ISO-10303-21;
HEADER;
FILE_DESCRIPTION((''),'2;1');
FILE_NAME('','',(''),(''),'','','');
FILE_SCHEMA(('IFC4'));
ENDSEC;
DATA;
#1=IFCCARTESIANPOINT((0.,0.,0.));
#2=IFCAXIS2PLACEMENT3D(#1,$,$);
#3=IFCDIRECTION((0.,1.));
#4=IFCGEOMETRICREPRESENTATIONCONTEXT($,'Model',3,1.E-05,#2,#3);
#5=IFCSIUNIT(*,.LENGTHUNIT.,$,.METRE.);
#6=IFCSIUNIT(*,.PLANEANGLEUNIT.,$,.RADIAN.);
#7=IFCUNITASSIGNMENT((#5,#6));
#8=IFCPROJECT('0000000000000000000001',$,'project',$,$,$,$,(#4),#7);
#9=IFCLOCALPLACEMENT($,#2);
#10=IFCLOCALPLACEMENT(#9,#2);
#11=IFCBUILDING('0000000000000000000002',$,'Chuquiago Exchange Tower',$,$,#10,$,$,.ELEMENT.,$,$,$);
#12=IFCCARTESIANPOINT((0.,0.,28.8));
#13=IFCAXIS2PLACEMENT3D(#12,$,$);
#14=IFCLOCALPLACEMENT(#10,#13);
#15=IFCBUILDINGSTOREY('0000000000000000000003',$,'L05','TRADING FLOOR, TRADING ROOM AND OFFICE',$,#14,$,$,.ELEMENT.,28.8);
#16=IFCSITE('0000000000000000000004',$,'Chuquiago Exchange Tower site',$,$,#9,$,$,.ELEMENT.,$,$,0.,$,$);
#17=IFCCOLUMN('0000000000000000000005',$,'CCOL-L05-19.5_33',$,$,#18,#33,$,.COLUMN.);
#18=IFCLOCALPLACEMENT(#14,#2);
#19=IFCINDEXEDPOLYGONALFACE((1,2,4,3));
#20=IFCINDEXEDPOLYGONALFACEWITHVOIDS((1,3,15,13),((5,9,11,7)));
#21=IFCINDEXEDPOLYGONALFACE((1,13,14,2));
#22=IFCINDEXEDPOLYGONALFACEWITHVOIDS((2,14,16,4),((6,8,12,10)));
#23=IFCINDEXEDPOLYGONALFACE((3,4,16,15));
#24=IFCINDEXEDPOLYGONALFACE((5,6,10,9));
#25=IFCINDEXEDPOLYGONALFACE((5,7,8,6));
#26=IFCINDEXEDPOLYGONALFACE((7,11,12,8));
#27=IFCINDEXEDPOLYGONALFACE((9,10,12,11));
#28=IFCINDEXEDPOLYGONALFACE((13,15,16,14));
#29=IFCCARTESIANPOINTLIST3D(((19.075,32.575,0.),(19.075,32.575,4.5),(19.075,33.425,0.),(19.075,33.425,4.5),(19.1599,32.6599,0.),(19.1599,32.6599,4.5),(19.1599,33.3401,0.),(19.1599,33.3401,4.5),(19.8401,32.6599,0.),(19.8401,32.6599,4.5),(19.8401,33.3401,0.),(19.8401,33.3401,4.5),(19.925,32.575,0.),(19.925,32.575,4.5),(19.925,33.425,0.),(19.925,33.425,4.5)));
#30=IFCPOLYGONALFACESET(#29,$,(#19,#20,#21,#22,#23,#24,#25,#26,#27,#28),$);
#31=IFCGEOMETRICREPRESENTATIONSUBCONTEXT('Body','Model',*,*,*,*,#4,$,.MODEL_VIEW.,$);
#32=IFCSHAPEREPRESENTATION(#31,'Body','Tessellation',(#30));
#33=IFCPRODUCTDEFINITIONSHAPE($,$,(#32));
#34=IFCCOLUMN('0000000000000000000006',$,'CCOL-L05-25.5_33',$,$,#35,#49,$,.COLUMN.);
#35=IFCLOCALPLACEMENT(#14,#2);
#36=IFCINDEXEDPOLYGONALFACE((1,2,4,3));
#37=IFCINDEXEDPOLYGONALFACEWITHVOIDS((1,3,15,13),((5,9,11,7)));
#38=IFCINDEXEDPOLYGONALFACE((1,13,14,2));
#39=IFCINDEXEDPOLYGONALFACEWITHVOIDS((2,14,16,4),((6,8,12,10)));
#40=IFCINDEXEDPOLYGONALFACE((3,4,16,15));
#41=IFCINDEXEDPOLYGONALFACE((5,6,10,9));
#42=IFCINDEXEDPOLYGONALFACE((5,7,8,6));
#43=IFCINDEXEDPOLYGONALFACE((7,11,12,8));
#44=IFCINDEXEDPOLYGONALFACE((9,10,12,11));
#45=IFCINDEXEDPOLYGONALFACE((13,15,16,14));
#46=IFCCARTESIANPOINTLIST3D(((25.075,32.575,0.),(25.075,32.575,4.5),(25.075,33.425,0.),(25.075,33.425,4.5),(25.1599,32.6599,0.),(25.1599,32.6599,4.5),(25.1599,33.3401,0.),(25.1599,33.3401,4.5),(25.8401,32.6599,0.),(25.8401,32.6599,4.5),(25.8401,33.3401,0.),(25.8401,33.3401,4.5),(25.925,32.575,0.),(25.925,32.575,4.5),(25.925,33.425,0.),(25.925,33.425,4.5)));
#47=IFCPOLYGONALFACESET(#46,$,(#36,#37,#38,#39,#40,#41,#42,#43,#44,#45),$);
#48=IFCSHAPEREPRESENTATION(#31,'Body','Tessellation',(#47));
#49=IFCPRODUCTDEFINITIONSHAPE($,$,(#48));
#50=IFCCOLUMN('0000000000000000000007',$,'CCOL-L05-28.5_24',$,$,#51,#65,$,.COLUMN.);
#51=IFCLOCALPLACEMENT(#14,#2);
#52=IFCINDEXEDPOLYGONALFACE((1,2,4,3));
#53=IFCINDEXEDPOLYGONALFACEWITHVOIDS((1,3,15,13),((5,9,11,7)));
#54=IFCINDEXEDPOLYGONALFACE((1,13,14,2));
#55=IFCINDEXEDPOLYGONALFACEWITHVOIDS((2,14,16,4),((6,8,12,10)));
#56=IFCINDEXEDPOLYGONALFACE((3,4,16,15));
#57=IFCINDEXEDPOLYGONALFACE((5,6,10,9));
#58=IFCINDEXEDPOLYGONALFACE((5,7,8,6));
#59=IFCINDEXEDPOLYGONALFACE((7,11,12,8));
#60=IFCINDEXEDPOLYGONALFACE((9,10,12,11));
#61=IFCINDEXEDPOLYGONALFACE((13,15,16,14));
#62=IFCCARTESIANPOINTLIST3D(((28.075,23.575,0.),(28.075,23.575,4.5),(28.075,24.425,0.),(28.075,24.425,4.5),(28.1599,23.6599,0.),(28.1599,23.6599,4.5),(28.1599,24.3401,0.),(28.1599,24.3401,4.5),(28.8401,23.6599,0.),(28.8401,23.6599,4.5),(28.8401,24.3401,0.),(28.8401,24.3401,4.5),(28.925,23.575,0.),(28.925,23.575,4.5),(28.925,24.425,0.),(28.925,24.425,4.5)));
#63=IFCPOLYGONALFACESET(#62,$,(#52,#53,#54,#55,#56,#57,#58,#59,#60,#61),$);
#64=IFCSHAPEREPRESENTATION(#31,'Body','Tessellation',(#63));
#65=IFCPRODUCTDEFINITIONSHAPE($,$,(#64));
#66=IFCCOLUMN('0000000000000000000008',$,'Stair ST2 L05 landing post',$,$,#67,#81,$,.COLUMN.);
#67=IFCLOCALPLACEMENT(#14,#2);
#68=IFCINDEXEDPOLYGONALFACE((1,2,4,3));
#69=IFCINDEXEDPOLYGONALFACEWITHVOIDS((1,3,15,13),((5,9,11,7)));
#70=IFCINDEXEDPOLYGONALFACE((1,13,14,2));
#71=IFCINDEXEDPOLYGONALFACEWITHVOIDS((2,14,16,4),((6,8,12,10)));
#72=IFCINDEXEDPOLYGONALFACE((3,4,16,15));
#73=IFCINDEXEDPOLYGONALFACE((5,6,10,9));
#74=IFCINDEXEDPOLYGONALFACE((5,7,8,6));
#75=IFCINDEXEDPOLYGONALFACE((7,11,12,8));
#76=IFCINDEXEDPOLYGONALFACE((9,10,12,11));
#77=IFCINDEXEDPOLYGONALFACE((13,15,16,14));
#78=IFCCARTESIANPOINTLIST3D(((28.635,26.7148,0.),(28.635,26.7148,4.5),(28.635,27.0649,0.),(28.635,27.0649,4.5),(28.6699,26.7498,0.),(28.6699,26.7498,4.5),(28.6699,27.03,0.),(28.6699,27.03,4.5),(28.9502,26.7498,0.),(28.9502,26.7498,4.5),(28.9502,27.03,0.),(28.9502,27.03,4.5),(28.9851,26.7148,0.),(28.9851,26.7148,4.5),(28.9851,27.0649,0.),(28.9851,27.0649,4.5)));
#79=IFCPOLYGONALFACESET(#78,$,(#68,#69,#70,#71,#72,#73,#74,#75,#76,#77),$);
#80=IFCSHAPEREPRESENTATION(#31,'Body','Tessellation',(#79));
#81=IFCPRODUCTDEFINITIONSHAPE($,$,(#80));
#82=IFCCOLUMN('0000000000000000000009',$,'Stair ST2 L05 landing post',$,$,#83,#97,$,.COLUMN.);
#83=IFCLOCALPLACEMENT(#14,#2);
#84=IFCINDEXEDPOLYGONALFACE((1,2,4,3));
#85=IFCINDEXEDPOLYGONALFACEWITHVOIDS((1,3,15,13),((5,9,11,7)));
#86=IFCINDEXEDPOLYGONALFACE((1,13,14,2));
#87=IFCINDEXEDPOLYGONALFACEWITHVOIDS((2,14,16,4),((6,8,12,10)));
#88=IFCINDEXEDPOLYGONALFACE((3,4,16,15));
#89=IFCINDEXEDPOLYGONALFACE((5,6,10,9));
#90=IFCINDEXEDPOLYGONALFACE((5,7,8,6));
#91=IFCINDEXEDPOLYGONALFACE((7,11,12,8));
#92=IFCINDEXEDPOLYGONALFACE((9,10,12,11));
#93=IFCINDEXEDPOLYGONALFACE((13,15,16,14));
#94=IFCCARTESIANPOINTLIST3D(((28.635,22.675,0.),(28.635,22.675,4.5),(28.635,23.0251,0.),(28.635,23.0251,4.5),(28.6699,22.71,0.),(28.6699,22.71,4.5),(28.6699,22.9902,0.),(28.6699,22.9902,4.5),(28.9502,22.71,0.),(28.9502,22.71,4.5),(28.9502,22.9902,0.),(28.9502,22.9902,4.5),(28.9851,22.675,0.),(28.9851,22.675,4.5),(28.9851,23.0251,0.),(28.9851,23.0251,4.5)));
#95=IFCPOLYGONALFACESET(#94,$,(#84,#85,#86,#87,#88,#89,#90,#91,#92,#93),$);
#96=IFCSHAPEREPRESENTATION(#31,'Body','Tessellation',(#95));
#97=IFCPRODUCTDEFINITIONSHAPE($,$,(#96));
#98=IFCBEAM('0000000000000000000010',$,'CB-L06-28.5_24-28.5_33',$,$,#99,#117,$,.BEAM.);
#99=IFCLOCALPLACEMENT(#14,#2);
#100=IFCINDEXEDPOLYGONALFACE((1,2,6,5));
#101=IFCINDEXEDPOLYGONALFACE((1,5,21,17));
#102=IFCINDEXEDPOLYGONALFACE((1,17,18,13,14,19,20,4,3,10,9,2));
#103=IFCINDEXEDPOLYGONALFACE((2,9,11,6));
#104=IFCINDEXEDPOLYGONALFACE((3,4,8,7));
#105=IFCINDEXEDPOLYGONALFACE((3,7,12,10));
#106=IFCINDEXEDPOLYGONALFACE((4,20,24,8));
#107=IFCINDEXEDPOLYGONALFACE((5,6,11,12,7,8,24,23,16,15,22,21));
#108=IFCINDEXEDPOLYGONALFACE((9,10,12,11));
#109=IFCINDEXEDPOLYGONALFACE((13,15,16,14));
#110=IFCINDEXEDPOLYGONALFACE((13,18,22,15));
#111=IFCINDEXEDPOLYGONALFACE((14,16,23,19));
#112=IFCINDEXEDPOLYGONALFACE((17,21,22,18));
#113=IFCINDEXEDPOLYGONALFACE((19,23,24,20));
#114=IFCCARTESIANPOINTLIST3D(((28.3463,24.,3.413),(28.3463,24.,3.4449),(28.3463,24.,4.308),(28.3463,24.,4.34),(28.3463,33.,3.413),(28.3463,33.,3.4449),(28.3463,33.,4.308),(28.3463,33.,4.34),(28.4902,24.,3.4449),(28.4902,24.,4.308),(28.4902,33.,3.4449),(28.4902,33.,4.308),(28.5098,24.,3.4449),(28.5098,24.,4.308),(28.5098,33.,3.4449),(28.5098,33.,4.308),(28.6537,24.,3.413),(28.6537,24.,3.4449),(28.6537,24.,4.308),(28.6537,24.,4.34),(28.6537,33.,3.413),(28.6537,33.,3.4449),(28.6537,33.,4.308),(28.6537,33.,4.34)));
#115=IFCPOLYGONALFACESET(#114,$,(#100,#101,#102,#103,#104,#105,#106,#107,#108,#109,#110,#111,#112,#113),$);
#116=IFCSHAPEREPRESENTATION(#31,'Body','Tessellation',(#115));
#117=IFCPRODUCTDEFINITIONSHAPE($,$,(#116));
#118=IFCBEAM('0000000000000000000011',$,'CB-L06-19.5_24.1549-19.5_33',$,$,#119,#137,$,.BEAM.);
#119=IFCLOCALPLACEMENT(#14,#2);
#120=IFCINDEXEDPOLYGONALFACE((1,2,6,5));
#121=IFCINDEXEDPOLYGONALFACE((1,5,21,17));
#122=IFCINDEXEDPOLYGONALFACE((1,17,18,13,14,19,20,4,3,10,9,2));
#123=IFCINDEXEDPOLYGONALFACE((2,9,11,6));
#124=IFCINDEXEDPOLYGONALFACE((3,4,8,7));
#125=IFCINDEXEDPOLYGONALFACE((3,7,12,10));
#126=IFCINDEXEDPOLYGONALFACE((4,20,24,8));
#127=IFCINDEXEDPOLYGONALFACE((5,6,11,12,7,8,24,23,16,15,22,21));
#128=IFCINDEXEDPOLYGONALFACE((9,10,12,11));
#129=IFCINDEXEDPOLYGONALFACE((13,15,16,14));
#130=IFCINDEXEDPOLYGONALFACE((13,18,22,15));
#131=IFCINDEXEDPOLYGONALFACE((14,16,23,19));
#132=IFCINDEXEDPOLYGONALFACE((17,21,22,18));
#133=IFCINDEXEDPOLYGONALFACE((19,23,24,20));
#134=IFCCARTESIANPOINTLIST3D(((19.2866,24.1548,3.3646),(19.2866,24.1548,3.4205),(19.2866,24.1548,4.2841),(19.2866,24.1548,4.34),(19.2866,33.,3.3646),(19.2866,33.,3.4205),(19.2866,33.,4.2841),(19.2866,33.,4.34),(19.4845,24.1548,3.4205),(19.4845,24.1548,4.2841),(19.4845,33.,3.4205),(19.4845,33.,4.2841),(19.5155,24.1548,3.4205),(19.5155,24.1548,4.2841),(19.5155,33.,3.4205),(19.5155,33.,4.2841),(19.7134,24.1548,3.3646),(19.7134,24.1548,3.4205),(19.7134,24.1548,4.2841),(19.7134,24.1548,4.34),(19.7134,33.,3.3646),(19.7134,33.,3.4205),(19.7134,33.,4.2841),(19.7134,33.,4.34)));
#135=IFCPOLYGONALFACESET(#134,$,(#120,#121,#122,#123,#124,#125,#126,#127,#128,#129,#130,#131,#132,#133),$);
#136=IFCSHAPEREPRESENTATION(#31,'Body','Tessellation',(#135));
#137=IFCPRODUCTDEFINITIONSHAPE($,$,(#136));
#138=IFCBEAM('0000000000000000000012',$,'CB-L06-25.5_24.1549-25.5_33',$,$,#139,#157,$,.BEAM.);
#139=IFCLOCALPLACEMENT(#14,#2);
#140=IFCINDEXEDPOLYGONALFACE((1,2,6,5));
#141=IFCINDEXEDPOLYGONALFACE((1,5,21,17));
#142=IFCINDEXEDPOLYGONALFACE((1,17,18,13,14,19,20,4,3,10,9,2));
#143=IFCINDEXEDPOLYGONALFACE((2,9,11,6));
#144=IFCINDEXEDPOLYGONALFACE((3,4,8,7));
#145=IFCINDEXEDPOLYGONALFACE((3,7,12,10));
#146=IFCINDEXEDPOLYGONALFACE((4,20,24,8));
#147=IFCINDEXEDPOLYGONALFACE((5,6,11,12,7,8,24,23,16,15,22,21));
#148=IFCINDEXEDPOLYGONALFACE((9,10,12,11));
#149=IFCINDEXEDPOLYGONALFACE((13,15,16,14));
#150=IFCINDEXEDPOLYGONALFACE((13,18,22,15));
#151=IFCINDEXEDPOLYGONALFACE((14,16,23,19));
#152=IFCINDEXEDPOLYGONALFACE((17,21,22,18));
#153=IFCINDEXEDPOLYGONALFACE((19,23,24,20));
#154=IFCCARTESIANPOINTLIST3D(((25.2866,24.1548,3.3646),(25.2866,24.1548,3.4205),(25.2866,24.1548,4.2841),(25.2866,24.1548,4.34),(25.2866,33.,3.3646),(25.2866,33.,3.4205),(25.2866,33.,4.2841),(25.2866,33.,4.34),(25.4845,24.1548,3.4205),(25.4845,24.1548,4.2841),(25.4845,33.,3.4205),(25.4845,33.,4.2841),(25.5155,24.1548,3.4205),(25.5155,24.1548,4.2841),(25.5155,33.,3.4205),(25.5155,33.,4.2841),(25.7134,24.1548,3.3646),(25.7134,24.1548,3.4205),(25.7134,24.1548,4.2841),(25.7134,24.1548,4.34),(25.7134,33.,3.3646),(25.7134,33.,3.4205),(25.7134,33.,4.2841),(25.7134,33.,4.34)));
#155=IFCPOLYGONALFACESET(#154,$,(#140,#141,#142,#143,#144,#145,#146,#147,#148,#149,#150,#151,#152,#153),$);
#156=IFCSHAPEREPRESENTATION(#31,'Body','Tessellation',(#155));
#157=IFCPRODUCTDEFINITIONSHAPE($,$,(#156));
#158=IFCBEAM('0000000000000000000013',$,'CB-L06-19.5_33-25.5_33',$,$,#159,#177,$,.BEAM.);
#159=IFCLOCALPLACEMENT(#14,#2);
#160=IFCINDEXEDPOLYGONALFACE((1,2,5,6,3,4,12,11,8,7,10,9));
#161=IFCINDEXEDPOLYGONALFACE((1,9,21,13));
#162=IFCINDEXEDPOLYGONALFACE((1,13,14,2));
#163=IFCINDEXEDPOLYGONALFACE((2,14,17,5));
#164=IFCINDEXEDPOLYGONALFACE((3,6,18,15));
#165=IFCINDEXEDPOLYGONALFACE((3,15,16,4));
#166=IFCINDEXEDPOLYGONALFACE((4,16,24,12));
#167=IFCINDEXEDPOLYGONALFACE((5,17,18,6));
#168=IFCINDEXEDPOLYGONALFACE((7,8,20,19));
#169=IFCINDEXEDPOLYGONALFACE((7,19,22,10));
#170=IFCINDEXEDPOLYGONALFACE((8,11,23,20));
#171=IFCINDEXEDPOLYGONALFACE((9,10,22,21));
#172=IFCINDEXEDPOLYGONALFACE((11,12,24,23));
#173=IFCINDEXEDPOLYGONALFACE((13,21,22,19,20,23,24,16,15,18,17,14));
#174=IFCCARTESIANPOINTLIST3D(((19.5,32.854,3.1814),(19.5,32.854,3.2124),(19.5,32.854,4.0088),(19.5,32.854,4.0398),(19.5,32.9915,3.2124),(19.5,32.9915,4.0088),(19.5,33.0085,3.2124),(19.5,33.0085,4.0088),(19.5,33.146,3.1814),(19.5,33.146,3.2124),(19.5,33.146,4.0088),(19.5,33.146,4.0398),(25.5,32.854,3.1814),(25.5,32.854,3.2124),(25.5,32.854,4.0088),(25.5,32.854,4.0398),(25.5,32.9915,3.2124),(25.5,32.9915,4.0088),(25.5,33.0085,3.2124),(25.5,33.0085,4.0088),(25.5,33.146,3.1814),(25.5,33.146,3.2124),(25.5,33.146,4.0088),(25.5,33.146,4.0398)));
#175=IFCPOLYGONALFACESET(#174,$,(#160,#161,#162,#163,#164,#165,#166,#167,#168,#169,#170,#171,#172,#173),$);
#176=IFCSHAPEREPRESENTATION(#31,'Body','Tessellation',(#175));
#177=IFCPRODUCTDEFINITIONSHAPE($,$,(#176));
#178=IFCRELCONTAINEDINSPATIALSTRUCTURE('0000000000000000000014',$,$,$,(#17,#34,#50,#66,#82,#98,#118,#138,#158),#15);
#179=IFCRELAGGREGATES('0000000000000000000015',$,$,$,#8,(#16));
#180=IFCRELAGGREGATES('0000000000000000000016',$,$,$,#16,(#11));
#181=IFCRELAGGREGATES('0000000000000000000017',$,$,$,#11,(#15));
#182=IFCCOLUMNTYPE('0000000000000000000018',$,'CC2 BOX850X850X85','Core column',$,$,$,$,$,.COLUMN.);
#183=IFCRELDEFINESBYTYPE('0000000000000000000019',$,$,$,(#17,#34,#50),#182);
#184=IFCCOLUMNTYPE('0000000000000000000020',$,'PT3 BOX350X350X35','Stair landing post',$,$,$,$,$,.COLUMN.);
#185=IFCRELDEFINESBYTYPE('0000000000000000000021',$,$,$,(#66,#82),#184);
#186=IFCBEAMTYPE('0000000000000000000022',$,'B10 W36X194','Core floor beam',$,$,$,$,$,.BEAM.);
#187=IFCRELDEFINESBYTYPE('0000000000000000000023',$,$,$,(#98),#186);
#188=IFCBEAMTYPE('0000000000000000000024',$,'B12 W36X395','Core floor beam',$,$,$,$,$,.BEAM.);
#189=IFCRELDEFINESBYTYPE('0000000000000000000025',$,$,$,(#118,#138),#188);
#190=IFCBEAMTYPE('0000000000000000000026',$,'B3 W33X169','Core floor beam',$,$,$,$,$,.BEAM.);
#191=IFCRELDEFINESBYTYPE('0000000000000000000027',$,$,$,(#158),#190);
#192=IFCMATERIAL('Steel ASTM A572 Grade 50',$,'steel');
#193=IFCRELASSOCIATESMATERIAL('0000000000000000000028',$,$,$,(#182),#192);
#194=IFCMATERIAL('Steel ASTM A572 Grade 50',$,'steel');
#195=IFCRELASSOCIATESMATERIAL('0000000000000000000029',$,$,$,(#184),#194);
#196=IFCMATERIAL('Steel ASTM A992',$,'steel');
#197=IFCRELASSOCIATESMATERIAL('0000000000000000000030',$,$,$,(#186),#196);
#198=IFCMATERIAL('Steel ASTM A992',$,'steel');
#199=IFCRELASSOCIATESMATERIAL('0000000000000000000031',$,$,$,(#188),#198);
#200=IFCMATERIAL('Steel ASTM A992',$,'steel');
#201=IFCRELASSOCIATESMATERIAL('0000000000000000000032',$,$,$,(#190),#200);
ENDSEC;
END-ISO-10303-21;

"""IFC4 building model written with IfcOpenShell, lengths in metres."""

from ifc_helpers import new_model, si_unit, direction, frame, origin, origin_2d, place, context, subcontext, project, spatial, hollow_rectangle, i_section, extrude, material, material_profile, profile_set, type_object, element, save


model = new_model("IFC4")

# Units and contexts
model_context = context("Model", 3, precision=1e-05, world=origin(), true_north=direction((0.0, 1.0)))
body_context = subcontext(model_context, "Body", "Model", "MODEL_VIEW")
ifc_project = project(units=[si_unit("LENGTHUNIT", "METRE"), si_unit("PLANEANGLEUNIT", "RADIAN")], contexts=[model_context])

# Site, building, storey
site_placement = place(None, origin())
site = spatial("IfcSite", under=ifc_project, at=site_placement, Name="Chuquiago Exchange Tower site", CompositionType="ELEMENT", RefElevation=0.0)
building_placement = place(site_placement, origin())
building = spatial("IfcBuilding", under=site, at=building_placement, Name="Chuquiago Exchange Tower", CompositionType="ELEMENT")
storey_placement = place(building_placement, frame((0.0, 0.0, 28.8)))
storey = spatial("IfcBuildingStorey", under=building, at=storey_placement, Name="L05", Description="TRADING FLOOR, TRADING ROOM AND OFFICE", CompositionType="ELEMENT", Elevation=28.8)

# Columns
ifc_material_1 = material(Name="Steel ASTM A572 Grade 50", Category="steel")
ifc_material_profile_1 = material_profile(ifc_material_1, hollow_rectangle(XDim=0.8501, YDim=0.8501, WallThickness=0.085, at=origin_2d()), Name="BOX850X850X85")
ifc_profile_set_1 = profile_set([ifc_material_profile_1], Name="Steel ASTM A572 Grade 50")
column_type_1 = type_object("IfcColumnType", Name="CC2 BOX850X850X85", Description="Core column", PredefinedType="COLUMN", material=ifc_profile_set_1)
for number, where, z_axis, x_axis, name in (
    (1, (19.5, 33.0, 0.0), (0.0, 0.0, 1.0), (1.0, 0.0, 0.0), "CCOL-L05-19.5_33"),
    (2, (25.5, 33.0, 0.0), (0.0, 0.0, 1.0), (1.0, 0.0, 0.0), "CCOL-L05-25.5_33"),
    (3, (28.5, 24.0, 0.0), (0.0, 0.0, 1.0), (1.0, 0.0, 0.0), "CCOL-L05-28.5_24"),
):
    element("IfcColumn", number, at=place(storey_placement, frame(where, z_axis=z_axis, x_axis=x_axis)), inside=storey, type_object=column_type_1, Name=name, PredefinedType="COLUMN", context=body_context, shape_type="SweptSolid", body=[
        extrude(hollow_rectangle(XDim=0.8501, YDim=0.8501, WallThickness=0.085, at=origin_2d()), origin(), (0.0, 0.0, 1.0), 4.5),
    ])
ifc_material_2 = material(Name="Steel ASTM A572 Grade 50", Category="steel")
ifc_material_profile_2 = material_profile(ifc_material_2, hollow_rectangle(XDim=0.3501, YDim=0.3501, WallThickness=0.0349, at=origin_2d()), Name="BOX350X350X35")
ifc_profile_set_2 = profile_set([ifc_material_profile_2], Name="Steel ASTM A572 Grade 50")
column_type_2 = type_object("IfcColumnType", Name="PT3 BOX350X350X35", Description="Stair landing post", PredefinedType="COLUMN", material=ifc_profile_set_2)
for number, where, z_axis, x_axis, name in (
    (4, (28.8101, 26.8899, 0.0), (0.0, 0.0, 1.0), (1.0, 0.0, 0.0), "Stair ST2 L05 landing post"),
    (5, (28.8101, 22.8501, 0.0), (0.0, 0.0, 1.0), (1.0, 0.0, 0.0), "Stair ST2 L05 landing post"),
):
    element("IfcColumn", number, at=place(storey_placement, frame(where, z_axis=z_axis, x_axis=x_axis)), inside=storey, type_object=column_type_2, Name=name, PredefinedType="COLUMN", context=body_context, shape_type="SweptSolid", body=[
        extrude(hollow_rectangle(XDim=0.3501, YDim=0.3501, WallThickness=0.0349, at=origin_2d()), origin(), (0.0, 0.0, 1.0), 4.5),
    ])

# Beams
ifc_material_3 = material(Name="Steel ASTM A992", Category="steel")
ifc_material_profile_3 = material_profile(ifc_material_3, i_section(OverallWidth=0.3074, OverallDepth=0.927, WebThickness=0.0195, FlangeThickness=0.032, at=origin_2d()), Name="W36X194")
ifc_profile_set_3 = profile_set([ifc_material_profile_3], Name="Steel ASTM A992")
beam_type_1 = type_object("IfcBeamType", Name="B10 W36X194", Description="Core floor beam", PredefinedType="BEAM", material=ifc_profile_set_3)
beam_1_placement = place(storey_placement, frame((28.5, 24.0, 3.8765), z_axis=(0.0, 1.0, 0.0), x_axis=(-1.0, 0.0, 0.0)))
element("IfcBeam", 6, at=beam_1_placement, inside=storey, type_object=beam_type_1, Name="CB-L06-28.5_24-28.5_33", PredefinedType="BEAM", context=body_context, shape_type="SweptSolid", body=[
    extrude(i_section(OverallWidth=0.3074, OverallDepth=0.927, WebThickness=0.0195, FlangeThickness=0.032, at=origin_2d()), origin(), (0.0, 0.0, 1.0), 9.0),
])
ifc_material_4 = material(Name="Steel ASTM A992", Category="steel")
ifc_material_profile_4 = material_profile(ifc_material_4, i_section(OverallWidth=0.4268, OverallDepth=0.9753, WebThickness=0.031, FlangeThickness=0.0559, at=origin_2d()), Name="W36X395")
ifc_profile_set_4 = profile_set([ifc_material_profile_4], Name="Steel ASTM A992")
beam_type_2 = type_object("IfcBeamType", Name="B12 W36X395", Description="Core floor beam", PredefinedType="BEAM", material=ifc_profile_set_4)
for number, where, z_axis, x_axis, name in (
    (7, (19.5, 24.1548, 3.8523), (0.0, 1.0, 0.0), (-1.0, 0.0, 0.0), "CB-L06-19.5_24.1549-19.5_33"),
    (8, (25.5, 24.1548, 3.8523), (0.0, 1.0, 0.0), (-1.0, 0.0, 0.0), "CB-L06-25.5_24.1549-25.5_33"),
):
    element("IfcBeam", number, at=place(storey_placement, frame(where, z_axis=z_axis, x_axis=x_axis)), inside=storey, type_object=beam_type_2, Name=name, PredefinedType="BEAM", context=body_context, shape_type="SweptSolid", body=[
        extrude(i_section(OverallWidth=0.4268, OverallDepth=0.9753, WebThickness=0.031, FlangeThickness=0.0559, at=origin_2d()), origin(), (0.0, 0.0, 1.0), 8.8452),
    ])
ifc_material_5 = material(Name="Steel ASTM A992", Category="steel")
ifc_material_profile_5 = material_profile(ifc_material_5, i_section(OverallWidth=0.292, OverallDepth=0.8584, WebThickness=0.0171, FlangeThickness=0.031, at=origin_2d()), Name="W33X169")
ifc_profile_set_5 = profile_set([ifc_material_profile_5], Name="Steel ASTM A992")
beam_type_3 = type_object("IfcBeamType", Name="B3 W33X169", Description="Core floor beam", PredefinedType="BEAM", material=ifc_profile_set_5)
beam_2_placement = place(storey_placement, frame((19.5, 33.0, 3.6106), z_axis=(1.0, 0.0, 0.0), x_axis=(0.0, 1.0, 0.0)))
element("IfcBeam", 9, at=beam_2_placement, inside=storey, type_object=beam_type_3, Name="CB-L06-19.5_33-25.5_33", PredefinedType="BEAM", context=body_context, shape_type="SweptSolid", body=[
    extrude(i_section(OverallWidth=0.292, OverallDepth=0.8584, WebThickness=0.0171, FlangeThickness=0.031, at=origin_2d()), origin(), (0.0, 0.0, 1.0), 6.0),
])

save(model, "model.ifc")
